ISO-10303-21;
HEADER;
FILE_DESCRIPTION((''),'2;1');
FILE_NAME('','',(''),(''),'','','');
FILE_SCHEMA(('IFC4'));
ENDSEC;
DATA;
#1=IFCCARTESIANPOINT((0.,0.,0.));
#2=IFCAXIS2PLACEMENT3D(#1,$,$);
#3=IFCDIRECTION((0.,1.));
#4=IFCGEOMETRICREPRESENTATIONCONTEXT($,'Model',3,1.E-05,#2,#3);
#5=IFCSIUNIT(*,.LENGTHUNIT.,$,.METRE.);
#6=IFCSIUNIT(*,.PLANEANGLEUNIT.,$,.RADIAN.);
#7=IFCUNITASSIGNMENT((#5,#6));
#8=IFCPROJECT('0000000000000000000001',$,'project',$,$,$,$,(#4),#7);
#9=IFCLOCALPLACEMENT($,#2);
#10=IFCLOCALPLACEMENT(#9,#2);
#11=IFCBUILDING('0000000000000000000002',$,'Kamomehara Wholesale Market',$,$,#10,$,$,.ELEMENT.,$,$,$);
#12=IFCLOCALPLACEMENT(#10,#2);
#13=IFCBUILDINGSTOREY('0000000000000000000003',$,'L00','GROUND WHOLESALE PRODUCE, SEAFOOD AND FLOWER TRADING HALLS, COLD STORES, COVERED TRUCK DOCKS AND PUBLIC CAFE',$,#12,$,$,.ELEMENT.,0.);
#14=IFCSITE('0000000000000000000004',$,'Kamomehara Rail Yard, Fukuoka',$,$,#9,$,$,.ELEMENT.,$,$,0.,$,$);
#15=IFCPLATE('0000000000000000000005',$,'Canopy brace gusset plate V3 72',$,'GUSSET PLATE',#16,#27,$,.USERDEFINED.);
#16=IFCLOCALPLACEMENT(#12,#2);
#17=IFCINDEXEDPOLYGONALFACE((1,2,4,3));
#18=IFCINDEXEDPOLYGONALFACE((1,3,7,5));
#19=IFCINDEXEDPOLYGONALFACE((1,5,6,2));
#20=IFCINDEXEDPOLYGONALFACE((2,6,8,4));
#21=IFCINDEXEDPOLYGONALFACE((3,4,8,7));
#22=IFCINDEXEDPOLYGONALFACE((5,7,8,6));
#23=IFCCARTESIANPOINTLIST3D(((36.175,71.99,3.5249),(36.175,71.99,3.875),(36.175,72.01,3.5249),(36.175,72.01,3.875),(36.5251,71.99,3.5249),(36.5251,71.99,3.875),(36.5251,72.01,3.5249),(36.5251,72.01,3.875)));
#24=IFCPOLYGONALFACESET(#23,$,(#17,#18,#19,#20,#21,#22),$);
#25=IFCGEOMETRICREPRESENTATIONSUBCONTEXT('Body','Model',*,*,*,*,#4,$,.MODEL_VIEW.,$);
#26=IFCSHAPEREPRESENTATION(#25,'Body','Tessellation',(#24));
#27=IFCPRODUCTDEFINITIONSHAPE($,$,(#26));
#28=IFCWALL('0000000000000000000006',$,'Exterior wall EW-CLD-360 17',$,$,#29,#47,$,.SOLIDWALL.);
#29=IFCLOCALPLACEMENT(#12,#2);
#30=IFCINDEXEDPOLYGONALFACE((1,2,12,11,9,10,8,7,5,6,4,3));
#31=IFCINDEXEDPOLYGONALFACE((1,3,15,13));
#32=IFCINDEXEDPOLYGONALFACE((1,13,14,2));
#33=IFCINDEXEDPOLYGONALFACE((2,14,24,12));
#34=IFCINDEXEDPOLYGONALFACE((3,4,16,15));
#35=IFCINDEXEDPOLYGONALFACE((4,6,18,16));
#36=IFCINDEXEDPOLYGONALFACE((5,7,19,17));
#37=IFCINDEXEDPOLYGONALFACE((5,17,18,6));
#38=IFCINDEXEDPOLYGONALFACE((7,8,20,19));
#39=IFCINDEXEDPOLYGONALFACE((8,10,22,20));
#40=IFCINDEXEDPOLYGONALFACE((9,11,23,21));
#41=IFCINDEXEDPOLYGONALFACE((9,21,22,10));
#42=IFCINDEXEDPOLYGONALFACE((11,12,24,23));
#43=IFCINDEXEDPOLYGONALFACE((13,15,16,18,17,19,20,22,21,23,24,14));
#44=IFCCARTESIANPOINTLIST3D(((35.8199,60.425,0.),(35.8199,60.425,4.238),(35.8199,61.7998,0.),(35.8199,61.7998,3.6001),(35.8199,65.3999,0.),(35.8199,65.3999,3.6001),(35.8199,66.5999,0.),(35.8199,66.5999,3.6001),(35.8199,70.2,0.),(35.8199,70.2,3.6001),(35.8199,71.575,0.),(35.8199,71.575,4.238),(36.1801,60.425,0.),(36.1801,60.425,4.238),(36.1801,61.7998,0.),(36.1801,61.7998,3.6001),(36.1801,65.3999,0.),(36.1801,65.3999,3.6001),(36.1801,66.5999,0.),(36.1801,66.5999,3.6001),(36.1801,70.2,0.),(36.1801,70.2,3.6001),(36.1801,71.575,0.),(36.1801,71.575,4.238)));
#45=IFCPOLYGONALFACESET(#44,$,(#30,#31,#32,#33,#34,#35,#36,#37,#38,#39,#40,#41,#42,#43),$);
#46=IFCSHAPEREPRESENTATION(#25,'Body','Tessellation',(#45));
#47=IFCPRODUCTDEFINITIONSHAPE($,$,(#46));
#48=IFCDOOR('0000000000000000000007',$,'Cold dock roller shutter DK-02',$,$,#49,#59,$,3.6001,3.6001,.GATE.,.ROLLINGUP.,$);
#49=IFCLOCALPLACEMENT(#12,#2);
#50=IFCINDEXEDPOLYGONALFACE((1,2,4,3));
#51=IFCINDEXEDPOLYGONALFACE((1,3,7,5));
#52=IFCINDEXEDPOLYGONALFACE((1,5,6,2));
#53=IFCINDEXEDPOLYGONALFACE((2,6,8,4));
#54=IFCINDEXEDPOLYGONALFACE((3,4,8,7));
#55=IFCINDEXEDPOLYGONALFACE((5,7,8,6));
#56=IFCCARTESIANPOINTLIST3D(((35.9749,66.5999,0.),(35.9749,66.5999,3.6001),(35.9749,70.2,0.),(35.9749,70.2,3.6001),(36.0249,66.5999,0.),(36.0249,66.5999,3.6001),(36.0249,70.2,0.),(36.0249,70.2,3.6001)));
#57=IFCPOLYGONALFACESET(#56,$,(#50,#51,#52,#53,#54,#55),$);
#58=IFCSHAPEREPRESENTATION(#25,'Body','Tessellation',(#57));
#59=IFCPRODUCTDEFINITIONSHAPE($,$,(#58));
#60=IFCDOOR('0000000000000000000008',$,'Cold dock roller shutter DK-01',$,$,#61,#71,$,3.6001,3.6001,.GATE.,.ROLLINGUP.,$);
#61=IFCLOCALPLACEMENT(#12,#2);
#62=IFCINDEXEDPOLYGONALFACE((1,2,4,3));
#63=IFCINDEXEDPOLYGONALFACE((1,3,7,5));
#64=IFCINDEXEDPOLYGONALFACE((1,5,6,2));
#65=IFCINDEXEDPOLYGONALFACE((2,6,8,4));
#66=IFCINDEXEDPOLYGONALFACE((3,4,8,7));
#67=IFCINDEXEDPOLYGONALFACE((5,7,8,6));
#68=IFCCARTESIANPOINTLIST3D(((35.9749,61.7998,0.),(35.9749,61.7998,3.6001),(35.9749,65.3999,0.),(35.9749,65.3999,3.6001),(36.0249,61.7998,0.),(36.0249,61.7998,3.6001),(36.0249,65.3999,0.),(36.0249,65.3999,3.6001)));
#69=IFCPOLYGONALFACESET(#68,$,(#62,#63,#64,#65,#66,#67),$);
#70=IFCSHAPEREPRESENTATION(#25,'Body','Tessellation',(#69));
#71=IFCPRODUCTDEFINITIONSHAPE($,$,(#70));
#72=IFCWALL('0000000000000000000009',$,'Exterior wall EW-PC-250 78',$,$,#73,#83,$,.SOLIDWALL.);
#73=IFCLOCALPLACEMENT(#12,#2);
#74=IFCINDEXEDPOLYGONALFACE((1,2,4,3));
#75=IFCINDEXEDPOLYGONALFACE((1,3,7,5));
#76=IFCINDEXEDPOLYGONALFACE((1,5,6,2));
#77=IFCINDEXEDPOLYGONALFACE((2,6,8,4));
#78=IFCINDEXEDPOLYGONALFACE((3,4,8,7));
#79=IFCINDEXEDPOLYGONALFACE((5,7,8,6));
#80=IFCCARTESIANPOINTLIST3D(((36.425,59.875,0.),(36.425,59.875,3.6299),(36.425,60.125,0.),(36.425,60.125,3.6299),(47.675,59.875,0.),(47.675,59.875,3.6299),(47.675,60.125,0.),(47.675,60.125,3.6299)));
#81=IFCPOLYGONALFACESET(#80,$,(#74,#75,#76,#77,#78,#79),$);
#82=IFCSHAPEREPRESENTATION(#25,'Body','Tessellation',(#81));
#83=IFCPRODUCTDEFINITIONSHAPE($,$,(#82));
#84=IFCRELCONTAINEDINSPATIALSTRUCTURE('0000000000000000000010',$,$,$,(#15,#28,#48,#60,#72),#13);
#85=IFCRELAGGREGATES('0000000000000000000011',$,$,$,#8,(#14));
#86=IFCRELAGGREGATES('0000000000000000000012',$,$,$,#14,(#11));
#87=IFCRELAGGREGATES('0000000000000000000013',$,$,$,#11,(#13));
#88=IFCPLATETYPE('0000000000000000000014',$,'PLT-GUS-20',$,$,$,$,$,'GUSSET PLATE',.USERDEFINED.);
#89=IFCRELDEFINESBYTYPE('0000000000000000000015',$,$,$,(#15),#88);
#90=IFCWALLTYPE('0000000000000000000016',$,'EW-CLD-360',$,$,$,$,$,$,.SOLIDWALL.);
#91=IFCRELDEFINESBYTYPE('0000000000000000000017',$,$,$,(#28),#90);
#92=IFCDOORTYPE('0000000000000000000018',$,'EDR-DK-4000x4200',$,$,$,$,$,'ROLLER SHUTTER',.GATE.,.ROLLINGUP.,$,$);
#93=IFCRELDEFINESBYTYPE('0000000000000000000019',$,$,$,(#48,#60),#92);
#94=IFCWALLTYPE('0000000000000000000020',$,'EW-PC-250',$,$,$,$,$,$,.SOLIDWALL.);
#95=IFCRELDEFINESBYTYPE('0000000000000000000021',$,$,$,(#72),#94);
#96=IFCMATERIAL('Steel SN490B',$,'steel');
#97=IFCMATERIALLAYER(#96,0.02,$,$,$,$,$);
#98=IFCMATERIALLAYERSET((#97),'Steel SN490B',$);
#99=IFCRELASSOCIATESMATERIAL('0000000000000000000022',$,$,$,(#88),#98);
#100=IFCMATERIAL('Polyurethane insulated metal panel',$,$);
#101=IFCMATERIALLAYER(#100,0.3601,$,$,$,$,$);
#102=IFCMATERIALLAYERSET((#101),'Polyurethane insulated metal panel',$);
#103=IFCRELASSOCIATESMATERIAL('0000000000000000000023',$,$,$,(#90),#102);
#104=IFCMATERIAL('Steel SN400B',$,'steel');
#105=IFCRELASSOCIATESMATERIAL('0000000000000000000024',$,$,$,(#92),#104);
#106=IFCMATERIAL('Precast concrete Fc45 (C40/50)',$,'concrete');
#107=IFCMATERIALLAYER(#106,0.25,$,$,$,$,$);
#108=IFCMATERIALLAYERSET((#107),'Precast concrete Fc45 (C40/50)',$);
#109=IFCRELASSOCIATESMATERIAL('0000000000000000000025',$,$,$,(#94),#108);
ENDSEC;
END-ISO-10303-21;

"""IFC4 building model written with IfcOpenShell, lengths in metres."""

from ifc_helpers import new_model, si_unit, direction, frame, frame_2d, origin, origin_2d, place, context, subcontext, project, spatial, rectangle, extrude, material, layer, layer_set, type_object, element, fill, save


model = new_model("IFC4")

# Units and contexts
model_context = context("Model", 3, precision=1e-05, world=origin(), true_north=direction((0.0, 1.0)))
body_context = subcontext(model_context, "Body", "Model", "MODEL_VIEW")
ifc_project = project(units=[si_unit("LENGTHUNIT", "METRE"), si_unit("PLANEANGLEUNIT", "RADIAN")], contexts=[model_context])

# Site, building, storey
site_placement = place(None, origin())
site = spatial("IfcSite", under=ifc_project, at=site_placement, Name="Kamomehara Rail Yard, Fukuoka", CompositionType="ELEMENT", RefElevation=0.0)
building_placement = place(site_placement, origin())
building = spatial("IfcBuilding", under=site, at=building_placement, Name="Kamomehara Wholesale Market", CompositionType="ELEMENT")
storey_placement = place(building_placement, origin())
storey = spatial("IfcBuildingStorey", under=building, at=storey_placement, Name="L00", Description="GROUND WHOLESALE PRODUCE, SEAFOOD AND FLOWER TRADING HALLS, COLD STORES, COVERED TRUCK DOCKS AND PUBLIC CAFE", CompositionType="ELEMENT", Elevation=0.0)

# Plate
ifc_material_1 = material(Name="Steel SN490B", Category="steel")
ifc_layer_1 = layer(ifc_material_1, 0.02)
ifc_layer_set_1 = layer_set([ifc_layer_1], Name="Steel SN490B")
plate_type = type_object("IfcPlateType", Name="PLT-GUS-20", ElementType="GUSSET PLATE", PredefinedType="USERDEFINED", material=ifc_layer_set_1)
plate_placement = place(storey_placement, frame((36.3501, 72.0, 3.5249), z_axis=(0.0, 0.0, 1.0), x_axis=(1.0, 0.0, 0.0)))
element("IfcPlate", 1, at=plate_placement, inside=storey, type_object=plate_type, Name="Canopy brace gusset plate V3 72", ObjectType="GUSSET PLATE", PredefinedType="USERDEFINED", context=body_context, shape_type="SweptSolid", body=[
    extrude(rectangle(XDim=0.3501, YDim=0.02, at=origin_2d()), origin(), (0.0, 0.0, 1.0), 0.3501),
])

# Wall, openings, doors
ifc_material_2 = material(Name="Polyurethane insulated metal panel")
ifc_layer_2 = layer(ifc_material_2, 0.3601)
ifc_layer_set_2 = layer_set([ifc_layer_2], Name="Polyurethane insulated metal panel")
wall_type_1 = type_object("IfcWallType", Name="EW-CLD-360", PredefinedType="SOLIDWALL", material=ifc_layer_set_2)
wall_1_placement = place(storey_placement, frame((36.0, 71.575, 0.0), z_axis=(0.0, 0.0, 1.0), x_axis=(0.0, -1.0, 0.0)))
wall_1 = element("IfcWall", 2, at=wall_1_placement, inside=storey, type_object=wall_type_1, Name="Exterior wall EW-CLD-360 17", PredefinedType="SOLIDWALL", context=body_context, shape_type="SweptSolid", body=[
    extrude(rectangle(XDim=11.1499, YDim=0.3601, at=frame_2d((5.575, 0.0))), origin(), (0.0, 0.0, 1.0), 4.238),
])
opening_1_placement = place(wall_1_placement, frame((1.375, 0.0, 0.0)))
opening_1 = element("IfcOpeningElement", 3, at=opening_1_placement, cuts=wall_1, PredefinedType="OPENING", context=body_context, shape_type="SweptSolid", body=[
    extrude(rectangle(XDim=3.6001, YDim=3.6001, at=frame_2d((1.8, 1.8))), frame((0.0, 0.1948, 0.0), z_axis=(0.0, -1.0, 0.0), x_axis=(1.0, 0.0, 0.0)), (0.0, 0.0, 1.0), 0.3899),
])
opening_2_placement = place(wall_1_placement, frame((6.175, 0.0, 0.0)))
opening_2 = element("IfcOpeningElement", 4, at=opening_2_placement, cuts=wall_1, PredefinedType="OPENING", context=body_context, shape_type="SweptSolid", body=[
    extrude(rectangle(XDim=3.6001, YDim=3.6001, at=frame_2d((1.8, 1.8))), frame((0.0, 0.1948, 0.0), z_axis=(0.0, -1.0, 0.0), x_axis=(1.0, 0.0, 0.0)), (0.0, 0.0, 1.0), 0.3899),
])
ifc_material_3 = material(Name="Steel SN400B", Category="steel")
door_type = type_object("IfcDoorType", Name="EDR-DK-4000x4200", ElementType="ROLLER SHUTTER", OperationType="ROLLINGUP", PredefinedType="GATE", material=ifc_material_3)
door_1_placement = place(opening_1_placement, origin())
door_1 = element("IfcDoor", 5, at=door_1_placement, inside=storey, type_object=door_type, Name="Cold dock roller shutter DK-02", OperationType="ROLLINGUP", OverallHeight=3.6001, OverallWidth=3.6001, PredefinedType="GATE", context=body_context, shape_type="SweptSolid", body=[
    extrude(rectangle(XDim=3.6001, YDim=3.6001, at=frame_2d((1.8, 1.8))), frame((0.0, 0.0249, 0.0), z_axis=(0.0, -1.0, 0.0), x_axis=(1.0, 0.0, 0.0)), (0.0, 0.0, 1.0), 0.05),
])
fill(opening_1, door_1)
door_2_placement = place(opening_2_placement, origin())
door_2 = element("IfcDoor", 6, at=door_2_placement, inside=storey, type_object=door_type, Name="Cold dock roller shutter DK-01", OperationType="ROLLINGUP", OverallHeight=3.6001, OverallWidth=3.6001, PredefinedType="GATE", context=body_context, shape_type="SweptSolid", body=[
    extrude(rectangle(XDim=3.6001, YDim=3.6001, at=frame_2d((1.8, 1.8))), frame((0.0, 0.0249, 0.0), z_axis=(0.0, -1.0, 0.0), x_axis=(1.0, 0.0, 0.0)), (0.0, 0.0, 1.0), 0.05),
])
fill(opening_2, door_2)

# Wall
ifc_material_4 = material(Name="Precast concrete Fc45 (C40/50)", Category="concrete")
ifc_layer_3 = layer(ifc_material_4, 0.25)
ifc_layer_set_3 = layer_set([ifc_layer_3], Name="Precast concrete Fc45 (C40/50)")
wall_type_2 = type_object("IfcWallType", Name="EW-PC-250", PredefinedType="SOLIDWALL", material=ifc_layer_set_3)
wall_2_placement = place(storey_placement, frame((36.425, 60.0, 0.0), z_axis=(0.0, 0.0, 1.0), x_axis=(1.0, 0.0, 0.0)))
element("IfcWall", 7, at=wall_2_placement, inside=storey, type_object=wall_type_2, Name="Exterior wall EW-PC-250 78", PredefinedType="SOLIDWALL", context=body_context, shape_type="SweptSolid", body=[
    extrude(rectangle(XDim=11.25, YDim=0.25, at=frame_2d((5.625, 0.0))), origin(), (0.0, 0.0, 1.0), 3.6299),
])

save(model, "model.ifc")
